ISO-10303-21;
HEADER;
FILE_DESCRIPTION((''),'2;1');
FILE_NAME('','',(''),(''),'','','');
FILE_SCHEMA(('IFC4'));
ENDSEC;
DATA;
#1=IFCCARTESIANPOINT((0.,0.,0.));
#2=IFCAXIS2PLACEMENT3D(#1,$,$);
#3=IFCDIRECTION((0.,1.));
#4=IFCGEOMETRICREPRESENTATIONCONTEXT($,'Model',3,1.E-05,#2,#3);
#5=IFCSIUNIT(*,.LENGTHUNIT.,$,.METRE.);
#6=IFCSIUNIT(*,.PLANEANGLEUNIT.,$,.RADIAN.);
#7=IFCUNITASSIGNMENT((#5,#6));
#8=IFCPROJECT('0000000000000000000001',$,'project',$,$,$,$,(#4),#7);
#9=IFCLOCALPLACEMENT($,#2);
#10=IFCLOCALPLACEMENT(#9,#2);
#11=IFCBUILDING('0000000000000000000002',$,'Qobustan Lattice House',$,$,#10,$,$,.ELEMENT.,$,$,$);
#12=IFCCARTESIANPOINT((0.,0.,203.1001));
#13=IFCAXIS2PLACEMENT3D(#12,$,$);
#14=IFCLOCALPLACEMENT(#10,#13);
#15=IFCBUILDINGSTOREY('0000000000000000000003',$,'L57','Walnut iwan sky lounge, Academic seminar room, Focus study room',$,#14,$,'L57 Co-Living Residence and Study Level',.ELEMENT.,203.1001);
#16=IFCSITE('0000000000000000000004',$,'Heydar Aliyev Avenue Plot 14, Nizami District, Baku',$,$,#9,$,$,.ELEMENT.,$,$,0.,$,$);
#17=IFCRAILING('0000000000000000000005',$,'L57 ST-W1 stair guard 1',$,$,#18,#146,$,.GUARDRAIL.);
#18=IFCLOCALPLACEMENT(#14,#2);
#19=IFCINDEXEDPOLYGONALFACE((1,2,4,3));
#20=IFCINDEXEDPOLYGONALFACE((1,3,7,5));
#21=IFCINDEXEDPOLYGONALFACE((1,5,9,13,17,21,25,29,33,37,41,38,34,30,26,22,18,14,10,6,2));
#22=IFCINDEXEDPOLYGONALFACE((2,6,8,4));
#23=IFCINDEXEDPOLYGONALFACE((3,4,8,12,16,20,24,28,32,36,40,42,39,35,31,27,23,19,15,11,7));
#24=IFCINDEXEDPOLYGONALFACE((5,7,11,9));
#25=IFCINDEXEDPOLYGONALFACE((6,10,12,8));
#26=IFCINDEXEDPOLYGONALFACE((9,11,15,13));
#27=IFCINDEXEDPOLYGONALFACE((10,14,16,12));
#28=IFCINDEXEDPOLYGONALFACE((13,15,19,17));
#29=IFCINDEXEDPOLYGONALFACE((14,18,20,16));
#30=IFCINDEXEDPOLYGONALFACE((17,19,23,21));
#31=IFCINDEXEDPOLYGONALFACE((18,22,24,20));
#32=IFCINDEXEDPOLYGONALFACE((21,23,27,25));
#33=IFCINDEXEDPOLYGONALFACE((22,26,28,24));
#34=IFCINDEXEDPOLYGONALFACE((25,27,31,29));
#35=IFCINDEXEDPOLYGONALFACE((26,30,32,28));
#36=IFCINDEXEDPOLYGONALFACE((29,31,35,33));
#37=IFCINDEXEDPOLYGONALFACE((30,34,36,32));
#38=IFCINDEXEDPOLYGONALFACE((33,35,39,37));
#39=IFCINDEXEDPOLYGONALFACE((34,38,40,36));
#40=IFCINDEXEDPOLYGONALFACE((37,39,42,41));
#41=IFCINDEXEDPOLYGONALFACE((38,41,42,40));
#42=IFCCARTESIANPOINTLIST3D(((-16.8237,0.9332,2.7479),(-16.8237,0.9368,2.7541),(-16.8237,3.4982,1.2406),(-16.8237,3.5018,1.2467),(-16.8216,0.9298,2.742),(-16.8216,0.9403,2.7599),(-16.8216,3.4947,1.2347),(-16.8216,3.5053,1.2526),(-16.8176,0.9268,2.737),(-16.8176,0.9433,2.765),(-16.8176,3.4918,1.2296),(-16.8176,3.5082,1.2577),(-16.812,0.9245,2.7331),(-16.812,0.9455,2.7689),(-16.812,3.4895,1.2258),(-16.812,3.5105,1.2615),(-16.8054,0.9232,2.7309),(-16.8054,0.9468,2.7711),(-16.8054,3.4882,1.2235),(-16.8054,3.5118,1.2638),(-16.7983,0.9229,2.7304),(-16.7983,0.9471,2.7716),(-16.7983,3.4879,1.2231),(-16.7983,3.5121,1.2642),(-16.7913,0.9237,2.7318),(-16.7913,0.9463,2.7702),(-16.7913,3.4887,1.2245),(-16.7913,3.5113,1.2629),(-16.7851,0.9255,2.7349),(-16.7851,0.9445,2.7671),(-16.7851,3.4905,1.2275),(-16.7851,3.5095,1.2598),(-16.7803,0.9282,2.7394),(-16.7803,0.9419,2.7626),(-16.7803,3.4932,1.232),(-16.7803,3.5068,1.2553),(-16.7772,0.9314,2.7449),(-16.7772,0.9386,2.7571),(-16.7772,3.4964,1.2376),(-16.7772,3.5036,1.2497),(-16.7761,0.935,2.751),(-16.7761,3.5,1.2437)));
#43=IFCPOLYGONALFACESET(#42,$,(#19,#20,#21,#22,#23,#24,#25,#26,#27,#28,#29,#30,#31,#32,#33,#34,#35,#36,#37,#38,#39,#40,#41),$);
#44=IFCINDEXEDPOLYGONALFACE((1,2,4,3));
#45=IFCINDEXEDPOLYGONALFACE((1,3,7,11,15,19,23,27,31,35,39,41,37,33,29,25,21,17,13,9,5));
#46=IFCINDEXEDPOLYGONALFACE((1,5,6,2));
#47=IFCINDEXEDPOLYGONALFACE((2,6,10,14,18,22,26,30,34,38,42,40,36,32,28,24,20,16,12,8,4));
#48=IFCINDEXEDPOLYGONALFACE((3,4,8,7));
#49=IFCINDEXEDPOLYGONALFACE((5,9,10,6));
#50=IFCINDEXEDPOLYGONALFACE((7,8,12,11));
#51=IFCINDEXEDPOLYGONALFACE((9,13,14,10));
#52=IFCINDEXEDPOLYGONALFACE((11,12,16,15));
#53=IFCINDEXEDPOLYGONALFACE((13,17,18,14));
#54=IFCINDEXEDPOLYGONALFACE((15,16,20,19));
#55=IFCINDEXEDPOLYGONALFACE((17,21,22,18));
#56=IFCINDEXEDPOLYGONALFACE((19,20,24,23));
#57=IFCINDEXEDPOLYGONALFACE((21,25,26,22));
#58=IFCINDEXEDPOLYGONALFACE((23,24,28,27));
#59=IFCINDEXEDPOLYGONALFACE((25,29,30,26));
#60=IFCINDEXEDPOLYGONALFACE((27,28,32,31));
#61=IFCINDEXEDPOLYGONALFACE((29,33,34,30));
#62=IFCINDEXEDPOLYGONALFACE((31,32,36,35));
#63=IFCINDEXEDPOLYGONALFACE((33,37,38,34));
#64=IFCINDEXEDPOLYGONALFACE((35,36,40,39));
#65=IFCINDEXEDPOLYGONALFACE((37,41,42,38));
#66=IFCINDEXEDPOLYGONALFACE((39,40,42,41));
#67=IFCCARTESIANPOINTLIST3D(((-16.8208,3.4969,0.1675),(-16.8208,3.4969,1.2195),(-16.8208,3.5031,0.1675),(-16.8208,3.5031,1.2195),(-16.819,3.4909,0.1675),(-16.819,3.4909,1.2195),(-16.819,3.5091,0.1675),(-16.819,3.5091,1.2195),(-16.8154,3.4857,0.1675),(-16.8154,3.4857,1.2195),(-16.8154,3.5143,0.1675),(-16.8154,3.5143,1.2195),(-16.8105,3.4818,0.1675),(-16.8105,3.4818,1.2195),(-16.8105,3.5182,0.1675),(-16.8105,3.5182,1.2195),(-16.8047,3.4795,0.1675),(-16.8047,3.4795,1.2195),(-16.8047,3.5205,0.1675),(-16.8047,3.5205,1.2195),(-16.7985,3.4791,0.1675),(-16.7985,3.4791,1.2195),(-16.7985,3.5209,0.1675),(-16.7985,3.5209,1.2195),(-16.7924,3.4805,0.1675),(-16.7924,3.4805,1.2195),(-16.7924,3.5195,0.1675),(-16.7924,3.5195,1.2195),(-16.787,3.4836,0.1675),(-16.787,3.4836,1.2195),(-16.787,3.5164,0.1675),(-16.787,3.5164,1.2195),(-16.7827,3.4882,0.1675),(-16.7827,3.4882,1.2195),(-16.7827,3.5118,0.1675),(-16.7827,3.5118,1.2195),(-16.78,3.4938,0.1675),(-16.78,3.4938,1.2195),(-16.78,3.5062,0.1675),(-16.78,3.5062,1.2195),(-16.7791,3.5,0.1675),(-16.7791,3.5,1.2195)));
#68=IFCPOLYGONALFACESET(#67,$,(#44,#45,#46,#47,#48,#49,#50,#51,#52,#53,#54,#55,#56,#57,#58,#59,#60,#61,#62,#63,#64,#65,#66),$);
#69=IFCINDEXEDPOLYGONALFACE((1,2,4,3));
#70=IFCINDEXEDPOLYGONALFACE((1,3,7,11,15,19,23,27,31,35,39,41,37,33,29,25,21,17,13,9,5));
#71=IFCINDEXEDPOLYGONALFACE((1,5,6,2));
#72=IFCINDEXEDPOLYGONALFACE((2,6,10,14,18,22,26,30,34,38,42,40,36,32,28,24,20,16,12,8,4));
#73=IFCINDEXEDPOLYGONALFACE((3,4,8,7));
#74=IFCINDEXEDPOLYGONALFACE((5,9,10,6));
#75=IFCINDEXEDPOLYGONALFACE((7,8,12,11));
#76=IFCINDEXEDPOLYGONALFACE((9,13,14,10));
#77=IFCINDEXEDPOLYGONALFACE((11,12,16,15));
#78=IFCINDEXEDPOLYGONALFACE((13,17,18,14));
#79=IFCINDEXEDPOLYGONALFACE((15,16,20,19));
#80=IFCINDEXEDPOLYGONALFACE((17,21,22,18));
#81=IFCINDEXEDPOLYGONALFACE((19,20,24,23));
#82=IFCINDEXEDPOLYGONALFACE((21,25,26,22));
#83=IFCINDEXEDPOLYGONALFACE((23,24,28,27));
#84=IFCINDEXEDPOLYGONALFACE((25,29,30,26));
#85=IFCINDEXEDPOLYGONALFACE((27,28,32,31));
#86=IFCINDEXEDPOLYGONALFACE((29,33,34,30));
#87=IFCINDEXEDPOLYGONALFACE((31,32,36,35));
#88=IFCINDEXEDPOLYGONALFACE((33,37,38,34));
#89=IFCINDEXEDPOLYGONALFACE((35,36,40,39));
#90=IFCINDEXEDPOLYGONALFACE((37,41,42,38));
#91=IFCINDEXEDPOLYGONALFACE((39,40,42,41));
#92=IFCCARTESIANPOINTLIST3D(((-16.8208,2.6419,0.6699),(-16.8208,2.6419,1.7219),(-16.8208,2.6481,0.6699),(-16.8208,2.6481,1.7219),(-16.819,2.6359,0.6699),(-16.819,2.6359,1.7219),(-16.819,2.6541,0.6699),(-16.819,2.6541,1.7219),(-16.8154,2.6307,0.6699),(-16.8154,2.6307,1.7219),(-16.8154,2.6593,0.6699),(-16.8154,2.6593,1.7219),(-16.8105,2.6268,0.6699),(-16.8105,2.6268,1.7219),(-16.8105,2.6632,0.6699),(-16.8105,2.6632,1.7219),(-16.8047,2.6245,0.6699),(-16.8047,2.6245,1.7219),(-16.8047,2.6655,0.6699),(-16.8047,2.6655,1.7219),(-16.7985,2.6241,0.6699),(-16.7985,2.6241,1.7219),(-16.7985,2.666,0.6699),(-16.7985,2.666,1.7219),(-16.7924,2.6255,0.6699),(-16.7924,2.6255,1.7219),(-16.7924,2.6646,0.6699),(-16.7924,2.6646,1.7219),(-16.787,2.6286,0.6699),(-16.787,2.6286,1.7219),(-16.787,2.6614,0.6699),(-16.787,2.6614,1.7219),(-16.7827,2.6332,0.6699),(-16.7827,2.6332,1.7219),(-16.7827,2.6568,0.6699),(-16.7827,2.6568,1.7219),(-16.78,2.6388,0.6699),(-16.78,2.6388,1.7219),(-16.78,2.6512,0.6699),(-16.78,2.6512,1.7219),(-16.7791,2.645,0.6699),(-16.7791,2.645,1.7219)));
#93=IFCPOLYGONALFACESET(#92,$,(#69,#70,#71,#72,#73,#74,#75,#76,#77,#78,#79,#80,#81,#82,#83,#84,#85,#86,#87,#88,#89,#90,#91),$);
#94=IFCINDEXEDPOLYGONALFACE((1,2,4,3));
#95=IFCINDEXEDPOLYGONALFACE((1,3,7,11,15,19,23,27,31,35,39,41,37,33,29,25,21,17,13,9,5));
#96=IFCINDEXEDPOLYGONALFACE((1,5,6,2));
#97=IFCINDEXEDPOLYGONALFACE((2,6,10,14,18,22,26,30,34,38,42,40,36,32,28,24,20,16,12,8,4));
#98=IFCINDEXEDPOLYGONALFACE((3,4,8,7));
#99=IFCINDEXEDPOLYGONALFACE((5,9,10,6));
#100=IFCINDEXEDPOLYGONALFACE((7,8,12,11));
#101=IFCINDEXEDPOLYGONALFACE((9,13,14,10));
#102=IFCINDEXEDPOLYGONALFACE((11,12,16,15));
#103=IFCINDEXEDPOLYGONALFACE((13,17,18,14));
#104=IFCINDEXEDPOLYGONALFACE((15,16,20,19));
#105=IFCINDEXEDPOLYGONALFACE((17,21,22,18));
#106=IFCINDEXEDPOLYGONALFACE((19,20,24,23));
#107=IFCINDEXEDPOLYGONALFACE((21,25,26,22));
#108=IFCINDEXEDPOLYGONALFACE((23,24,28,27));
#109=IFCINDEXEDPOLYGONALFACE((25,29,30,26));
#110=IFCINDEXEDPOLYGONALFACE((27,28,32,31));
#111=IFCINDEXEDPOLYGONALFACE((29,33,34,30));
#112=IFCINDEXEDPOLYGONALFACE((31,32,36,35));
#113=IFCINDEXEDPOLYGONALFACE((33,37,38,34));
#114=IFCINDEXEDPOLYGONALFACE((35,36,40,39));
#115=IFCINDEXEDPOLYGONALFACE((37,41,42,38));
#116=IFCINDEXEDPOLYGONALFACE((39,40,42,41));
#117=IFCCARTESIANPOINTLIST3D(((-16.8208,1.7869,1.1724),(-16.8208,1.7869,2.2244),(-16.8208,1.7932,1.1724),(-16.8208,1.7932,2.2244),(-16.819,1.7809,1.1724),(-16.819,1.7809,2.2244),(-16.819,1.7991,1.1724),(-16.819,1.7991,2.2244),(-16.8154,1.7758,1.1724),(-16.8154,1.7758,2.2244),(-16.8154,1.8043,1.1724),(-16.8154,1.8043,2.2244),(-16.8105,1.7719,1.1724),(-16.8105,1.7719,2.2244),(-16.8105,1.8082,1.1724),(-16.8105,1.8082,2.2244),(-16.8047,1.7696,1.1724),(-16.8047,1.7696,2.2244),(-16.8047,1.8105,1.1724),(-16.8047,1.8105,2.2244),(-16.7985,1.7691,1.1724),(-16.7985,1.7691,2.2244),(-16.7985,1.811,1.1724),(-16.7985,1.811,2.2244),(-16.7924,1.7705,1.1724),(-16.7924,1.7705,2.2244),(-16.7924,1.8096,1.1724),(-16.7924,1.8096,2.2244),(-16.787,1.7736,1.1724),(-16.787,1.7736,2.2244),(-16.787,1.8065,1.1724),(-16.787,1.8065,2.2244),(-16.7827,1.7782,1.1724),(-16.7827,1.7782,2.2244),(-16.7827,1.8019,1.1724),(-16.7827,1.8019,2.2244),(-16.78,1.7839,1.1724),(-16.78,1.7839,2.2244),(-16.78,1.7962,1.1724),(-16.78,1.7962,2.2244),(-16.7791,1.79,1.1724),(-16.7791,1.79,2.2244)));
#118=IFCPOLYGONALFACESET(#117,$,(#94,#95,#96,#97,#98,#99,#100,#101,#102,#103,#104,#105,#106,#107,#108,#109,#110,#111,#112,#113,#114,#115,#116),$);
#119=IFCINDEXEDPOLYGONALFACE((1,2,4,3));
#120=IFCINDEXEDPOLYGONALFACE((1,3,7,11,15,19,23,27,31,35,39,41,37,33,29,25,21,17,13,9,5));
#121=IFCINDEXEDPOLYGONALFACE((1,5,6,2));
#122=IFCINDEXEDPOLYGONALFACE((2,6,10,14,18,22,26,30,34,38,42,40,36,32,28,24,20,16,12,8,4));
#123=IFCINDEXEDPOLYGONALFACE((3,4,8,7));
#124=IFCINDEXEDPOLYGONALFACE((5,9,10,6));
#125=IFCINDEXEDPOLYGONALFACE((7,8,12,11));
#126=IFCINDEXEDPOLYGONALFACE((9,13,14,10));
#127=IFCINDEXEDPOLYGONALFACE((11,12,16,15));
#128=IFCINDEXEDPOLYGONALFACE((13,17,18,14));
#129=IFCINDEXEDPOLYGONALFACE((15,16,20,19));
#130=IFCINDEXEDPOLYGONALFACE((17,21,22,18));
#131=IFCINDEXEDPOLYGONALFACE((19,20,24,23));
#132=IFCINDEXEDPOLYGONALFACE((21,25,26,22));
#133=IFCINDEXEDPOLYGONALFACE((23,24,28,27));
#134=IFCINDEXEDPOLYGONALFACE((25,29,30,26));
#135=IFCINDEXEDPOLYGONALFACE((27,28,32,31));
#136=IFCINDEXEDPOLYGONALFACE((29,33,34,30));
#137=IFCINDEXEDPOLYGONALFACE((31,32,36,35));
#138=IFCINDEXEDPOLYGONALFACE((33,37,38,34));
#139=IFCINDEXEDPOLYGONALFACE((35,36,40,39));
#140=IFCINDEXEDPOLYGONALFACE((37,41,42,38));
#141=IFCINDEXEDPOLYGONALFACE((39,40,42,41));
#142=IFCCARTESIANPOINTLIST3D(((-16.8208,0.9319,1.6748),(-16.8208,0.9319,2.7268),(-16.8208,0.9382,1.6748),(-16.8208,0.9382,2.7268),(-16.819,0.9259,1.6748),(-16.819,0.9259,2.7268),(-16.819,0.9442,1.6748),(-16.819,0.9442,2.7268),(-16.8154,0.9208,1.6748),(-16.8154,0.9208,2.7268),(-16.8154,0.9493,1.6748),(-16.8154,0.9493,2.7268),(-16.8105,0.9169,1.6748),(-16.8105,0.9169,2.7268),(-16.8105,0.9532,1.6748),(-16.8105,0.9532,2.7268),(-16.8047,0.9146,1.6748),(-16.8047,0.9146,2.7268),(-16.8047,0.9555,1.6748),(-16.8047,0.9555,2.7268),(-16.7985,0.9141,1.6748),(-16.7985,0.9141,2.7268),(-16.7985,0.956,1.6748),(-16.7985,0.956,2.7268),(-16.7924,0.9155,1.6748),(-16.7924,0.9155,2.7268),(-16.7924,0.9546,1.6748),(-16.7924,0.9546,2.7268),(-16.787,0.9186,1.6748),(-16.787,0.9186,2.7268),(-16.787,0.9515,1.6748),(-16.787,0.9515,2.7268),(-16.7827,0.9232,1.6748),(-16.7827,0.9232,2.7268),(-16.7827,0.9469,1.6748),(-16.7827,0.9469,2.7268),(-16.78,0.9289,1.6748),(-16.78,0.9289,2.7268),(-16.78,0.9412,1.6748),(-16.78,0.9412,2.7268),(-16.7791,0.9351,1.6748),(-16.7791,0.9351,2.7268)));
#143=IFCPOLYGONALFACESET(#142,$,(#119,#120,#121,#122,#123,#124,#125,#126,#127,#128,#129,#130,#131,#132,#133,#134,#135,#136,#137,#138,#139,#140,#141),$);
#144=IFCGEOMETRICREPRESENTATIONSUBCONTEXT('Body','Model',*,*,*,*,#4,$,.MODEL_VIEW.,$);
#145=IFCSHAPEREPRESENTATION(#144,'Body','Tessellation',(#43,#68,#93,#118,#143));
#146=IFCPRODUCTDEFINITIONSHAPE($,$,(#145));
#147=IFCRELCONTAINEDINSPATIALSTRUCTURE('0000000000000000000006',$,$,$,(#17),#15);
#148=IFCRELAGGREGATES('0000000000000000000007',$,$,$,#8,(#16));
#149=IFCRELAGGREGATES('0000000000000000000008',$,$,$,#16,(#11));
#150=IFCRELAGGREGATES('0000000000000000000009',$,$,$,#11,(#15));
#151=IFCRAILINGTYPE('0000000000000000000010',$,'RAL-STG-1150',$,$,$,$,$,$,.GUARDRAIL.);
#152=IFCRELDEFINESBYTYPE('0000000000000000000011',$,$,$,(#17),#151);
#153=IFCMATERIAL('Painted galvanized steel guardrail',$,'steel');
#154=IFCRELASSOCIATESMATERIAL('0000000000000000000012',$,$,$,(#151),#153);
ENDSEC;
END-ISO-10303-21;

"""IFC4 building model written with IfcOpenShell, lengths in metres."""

from ifc_helpers import new_model, si_unit, direction, frame, origin, origin_2d, place, context, subcontext, project, spatial, circle, extrude, material, type_object, element, save


model = new_model("IFC4")

# Units and contexts
model_context = context("Model", 3, precision=1e-05, world=origin(), true_north=direction((0.0, 1.0)))
body_context = subcontext(model_context, "Body", "Model", "MODEL_VIEW")
ifc_project = project(units=[si_unit("LENGTHUNIT", "METRE"), si_unit("PLANEANGLEUNIT", "RADIAN")], contexts=[model_context])

# Site, building, storey
site_placement = place(None, origin())
site = spatial("IfcSite", under=ifc_project, at=site_placement, Name="Heydar Aliyev Avenue Plot 14, Nizami District, Baku", CompositionType="ELEMENT", RefElevation=0.0)
building_placement = place(site_placement, origin())
building = spatial("IfcBuilding", under=site, at=building_placement, Name="Qobustan Lattice House", CompositionType="ELEMENT")
storey_placement = place(building_placement, frame((0.0, 0.0, 203.1001)))
storey = spatial("IfcBuildingStorey", under=building, at=storey_placement, Name="L57", Description="Walnut iwan sky lounge, Academic seminar room, Focus study room", LongName="L57 Co-Living Residence and Study Level", CompositionType="ELEMENT", Elevation=203.1001)

# Railing
ifc_material_1 = material(Name="Painted galvanized steel guardrail", Category="steel")
railing_type_1 = type_object("IfcRailingType", Name="RAL-STG-1150", PredefinedType="GUARDRAIL", material=ifc_material_1)
railing_1_placement = place(storey_placement, frame((-16.8, 3.5, 0.1675)))
element("IfcRailing", 1, at=railing_1_placement, inside=storey, type_object=railing_type_1, Name="L57 ST-W1 stair guard 1", PredefinedType="GUARDRAIL", context=body_context, shape_type="SweptSolid", body=[
    extrude(circle(Radius=0.0239, at=origin_2d()), frame((0.0, 0.0, 1.0762), z_axis=(0.0, -0.862149, 0.506654), x_axis=(1.0, 0.0, 0.0)), (0.0, 0.0, 1.0), 2.9751),
    extrude(circle(Radius=0.021, at=origin_2d()), origin(), (0.0, 0.0, 1.0), 1.052),
    extrude(circle(Radius=0.021, at=origin_2d()), frame((0.0, -0.855, 0.5024)), (0.0, 0.0, 1.0), 1.052),
    extrude(circle(Radius=0.021, at=origin_2d()), frame((0.0, -1.71, 1.0049)), (0.0, 0.0, 1.0), 1.052),
    extrude(circle(Radius=0.021, at=origin_2d()), frame((0.0, -2.5649, 1.5073)), (0.0, 0.0, 1.0), 1.052),
])

save(model, "model.ifc")
